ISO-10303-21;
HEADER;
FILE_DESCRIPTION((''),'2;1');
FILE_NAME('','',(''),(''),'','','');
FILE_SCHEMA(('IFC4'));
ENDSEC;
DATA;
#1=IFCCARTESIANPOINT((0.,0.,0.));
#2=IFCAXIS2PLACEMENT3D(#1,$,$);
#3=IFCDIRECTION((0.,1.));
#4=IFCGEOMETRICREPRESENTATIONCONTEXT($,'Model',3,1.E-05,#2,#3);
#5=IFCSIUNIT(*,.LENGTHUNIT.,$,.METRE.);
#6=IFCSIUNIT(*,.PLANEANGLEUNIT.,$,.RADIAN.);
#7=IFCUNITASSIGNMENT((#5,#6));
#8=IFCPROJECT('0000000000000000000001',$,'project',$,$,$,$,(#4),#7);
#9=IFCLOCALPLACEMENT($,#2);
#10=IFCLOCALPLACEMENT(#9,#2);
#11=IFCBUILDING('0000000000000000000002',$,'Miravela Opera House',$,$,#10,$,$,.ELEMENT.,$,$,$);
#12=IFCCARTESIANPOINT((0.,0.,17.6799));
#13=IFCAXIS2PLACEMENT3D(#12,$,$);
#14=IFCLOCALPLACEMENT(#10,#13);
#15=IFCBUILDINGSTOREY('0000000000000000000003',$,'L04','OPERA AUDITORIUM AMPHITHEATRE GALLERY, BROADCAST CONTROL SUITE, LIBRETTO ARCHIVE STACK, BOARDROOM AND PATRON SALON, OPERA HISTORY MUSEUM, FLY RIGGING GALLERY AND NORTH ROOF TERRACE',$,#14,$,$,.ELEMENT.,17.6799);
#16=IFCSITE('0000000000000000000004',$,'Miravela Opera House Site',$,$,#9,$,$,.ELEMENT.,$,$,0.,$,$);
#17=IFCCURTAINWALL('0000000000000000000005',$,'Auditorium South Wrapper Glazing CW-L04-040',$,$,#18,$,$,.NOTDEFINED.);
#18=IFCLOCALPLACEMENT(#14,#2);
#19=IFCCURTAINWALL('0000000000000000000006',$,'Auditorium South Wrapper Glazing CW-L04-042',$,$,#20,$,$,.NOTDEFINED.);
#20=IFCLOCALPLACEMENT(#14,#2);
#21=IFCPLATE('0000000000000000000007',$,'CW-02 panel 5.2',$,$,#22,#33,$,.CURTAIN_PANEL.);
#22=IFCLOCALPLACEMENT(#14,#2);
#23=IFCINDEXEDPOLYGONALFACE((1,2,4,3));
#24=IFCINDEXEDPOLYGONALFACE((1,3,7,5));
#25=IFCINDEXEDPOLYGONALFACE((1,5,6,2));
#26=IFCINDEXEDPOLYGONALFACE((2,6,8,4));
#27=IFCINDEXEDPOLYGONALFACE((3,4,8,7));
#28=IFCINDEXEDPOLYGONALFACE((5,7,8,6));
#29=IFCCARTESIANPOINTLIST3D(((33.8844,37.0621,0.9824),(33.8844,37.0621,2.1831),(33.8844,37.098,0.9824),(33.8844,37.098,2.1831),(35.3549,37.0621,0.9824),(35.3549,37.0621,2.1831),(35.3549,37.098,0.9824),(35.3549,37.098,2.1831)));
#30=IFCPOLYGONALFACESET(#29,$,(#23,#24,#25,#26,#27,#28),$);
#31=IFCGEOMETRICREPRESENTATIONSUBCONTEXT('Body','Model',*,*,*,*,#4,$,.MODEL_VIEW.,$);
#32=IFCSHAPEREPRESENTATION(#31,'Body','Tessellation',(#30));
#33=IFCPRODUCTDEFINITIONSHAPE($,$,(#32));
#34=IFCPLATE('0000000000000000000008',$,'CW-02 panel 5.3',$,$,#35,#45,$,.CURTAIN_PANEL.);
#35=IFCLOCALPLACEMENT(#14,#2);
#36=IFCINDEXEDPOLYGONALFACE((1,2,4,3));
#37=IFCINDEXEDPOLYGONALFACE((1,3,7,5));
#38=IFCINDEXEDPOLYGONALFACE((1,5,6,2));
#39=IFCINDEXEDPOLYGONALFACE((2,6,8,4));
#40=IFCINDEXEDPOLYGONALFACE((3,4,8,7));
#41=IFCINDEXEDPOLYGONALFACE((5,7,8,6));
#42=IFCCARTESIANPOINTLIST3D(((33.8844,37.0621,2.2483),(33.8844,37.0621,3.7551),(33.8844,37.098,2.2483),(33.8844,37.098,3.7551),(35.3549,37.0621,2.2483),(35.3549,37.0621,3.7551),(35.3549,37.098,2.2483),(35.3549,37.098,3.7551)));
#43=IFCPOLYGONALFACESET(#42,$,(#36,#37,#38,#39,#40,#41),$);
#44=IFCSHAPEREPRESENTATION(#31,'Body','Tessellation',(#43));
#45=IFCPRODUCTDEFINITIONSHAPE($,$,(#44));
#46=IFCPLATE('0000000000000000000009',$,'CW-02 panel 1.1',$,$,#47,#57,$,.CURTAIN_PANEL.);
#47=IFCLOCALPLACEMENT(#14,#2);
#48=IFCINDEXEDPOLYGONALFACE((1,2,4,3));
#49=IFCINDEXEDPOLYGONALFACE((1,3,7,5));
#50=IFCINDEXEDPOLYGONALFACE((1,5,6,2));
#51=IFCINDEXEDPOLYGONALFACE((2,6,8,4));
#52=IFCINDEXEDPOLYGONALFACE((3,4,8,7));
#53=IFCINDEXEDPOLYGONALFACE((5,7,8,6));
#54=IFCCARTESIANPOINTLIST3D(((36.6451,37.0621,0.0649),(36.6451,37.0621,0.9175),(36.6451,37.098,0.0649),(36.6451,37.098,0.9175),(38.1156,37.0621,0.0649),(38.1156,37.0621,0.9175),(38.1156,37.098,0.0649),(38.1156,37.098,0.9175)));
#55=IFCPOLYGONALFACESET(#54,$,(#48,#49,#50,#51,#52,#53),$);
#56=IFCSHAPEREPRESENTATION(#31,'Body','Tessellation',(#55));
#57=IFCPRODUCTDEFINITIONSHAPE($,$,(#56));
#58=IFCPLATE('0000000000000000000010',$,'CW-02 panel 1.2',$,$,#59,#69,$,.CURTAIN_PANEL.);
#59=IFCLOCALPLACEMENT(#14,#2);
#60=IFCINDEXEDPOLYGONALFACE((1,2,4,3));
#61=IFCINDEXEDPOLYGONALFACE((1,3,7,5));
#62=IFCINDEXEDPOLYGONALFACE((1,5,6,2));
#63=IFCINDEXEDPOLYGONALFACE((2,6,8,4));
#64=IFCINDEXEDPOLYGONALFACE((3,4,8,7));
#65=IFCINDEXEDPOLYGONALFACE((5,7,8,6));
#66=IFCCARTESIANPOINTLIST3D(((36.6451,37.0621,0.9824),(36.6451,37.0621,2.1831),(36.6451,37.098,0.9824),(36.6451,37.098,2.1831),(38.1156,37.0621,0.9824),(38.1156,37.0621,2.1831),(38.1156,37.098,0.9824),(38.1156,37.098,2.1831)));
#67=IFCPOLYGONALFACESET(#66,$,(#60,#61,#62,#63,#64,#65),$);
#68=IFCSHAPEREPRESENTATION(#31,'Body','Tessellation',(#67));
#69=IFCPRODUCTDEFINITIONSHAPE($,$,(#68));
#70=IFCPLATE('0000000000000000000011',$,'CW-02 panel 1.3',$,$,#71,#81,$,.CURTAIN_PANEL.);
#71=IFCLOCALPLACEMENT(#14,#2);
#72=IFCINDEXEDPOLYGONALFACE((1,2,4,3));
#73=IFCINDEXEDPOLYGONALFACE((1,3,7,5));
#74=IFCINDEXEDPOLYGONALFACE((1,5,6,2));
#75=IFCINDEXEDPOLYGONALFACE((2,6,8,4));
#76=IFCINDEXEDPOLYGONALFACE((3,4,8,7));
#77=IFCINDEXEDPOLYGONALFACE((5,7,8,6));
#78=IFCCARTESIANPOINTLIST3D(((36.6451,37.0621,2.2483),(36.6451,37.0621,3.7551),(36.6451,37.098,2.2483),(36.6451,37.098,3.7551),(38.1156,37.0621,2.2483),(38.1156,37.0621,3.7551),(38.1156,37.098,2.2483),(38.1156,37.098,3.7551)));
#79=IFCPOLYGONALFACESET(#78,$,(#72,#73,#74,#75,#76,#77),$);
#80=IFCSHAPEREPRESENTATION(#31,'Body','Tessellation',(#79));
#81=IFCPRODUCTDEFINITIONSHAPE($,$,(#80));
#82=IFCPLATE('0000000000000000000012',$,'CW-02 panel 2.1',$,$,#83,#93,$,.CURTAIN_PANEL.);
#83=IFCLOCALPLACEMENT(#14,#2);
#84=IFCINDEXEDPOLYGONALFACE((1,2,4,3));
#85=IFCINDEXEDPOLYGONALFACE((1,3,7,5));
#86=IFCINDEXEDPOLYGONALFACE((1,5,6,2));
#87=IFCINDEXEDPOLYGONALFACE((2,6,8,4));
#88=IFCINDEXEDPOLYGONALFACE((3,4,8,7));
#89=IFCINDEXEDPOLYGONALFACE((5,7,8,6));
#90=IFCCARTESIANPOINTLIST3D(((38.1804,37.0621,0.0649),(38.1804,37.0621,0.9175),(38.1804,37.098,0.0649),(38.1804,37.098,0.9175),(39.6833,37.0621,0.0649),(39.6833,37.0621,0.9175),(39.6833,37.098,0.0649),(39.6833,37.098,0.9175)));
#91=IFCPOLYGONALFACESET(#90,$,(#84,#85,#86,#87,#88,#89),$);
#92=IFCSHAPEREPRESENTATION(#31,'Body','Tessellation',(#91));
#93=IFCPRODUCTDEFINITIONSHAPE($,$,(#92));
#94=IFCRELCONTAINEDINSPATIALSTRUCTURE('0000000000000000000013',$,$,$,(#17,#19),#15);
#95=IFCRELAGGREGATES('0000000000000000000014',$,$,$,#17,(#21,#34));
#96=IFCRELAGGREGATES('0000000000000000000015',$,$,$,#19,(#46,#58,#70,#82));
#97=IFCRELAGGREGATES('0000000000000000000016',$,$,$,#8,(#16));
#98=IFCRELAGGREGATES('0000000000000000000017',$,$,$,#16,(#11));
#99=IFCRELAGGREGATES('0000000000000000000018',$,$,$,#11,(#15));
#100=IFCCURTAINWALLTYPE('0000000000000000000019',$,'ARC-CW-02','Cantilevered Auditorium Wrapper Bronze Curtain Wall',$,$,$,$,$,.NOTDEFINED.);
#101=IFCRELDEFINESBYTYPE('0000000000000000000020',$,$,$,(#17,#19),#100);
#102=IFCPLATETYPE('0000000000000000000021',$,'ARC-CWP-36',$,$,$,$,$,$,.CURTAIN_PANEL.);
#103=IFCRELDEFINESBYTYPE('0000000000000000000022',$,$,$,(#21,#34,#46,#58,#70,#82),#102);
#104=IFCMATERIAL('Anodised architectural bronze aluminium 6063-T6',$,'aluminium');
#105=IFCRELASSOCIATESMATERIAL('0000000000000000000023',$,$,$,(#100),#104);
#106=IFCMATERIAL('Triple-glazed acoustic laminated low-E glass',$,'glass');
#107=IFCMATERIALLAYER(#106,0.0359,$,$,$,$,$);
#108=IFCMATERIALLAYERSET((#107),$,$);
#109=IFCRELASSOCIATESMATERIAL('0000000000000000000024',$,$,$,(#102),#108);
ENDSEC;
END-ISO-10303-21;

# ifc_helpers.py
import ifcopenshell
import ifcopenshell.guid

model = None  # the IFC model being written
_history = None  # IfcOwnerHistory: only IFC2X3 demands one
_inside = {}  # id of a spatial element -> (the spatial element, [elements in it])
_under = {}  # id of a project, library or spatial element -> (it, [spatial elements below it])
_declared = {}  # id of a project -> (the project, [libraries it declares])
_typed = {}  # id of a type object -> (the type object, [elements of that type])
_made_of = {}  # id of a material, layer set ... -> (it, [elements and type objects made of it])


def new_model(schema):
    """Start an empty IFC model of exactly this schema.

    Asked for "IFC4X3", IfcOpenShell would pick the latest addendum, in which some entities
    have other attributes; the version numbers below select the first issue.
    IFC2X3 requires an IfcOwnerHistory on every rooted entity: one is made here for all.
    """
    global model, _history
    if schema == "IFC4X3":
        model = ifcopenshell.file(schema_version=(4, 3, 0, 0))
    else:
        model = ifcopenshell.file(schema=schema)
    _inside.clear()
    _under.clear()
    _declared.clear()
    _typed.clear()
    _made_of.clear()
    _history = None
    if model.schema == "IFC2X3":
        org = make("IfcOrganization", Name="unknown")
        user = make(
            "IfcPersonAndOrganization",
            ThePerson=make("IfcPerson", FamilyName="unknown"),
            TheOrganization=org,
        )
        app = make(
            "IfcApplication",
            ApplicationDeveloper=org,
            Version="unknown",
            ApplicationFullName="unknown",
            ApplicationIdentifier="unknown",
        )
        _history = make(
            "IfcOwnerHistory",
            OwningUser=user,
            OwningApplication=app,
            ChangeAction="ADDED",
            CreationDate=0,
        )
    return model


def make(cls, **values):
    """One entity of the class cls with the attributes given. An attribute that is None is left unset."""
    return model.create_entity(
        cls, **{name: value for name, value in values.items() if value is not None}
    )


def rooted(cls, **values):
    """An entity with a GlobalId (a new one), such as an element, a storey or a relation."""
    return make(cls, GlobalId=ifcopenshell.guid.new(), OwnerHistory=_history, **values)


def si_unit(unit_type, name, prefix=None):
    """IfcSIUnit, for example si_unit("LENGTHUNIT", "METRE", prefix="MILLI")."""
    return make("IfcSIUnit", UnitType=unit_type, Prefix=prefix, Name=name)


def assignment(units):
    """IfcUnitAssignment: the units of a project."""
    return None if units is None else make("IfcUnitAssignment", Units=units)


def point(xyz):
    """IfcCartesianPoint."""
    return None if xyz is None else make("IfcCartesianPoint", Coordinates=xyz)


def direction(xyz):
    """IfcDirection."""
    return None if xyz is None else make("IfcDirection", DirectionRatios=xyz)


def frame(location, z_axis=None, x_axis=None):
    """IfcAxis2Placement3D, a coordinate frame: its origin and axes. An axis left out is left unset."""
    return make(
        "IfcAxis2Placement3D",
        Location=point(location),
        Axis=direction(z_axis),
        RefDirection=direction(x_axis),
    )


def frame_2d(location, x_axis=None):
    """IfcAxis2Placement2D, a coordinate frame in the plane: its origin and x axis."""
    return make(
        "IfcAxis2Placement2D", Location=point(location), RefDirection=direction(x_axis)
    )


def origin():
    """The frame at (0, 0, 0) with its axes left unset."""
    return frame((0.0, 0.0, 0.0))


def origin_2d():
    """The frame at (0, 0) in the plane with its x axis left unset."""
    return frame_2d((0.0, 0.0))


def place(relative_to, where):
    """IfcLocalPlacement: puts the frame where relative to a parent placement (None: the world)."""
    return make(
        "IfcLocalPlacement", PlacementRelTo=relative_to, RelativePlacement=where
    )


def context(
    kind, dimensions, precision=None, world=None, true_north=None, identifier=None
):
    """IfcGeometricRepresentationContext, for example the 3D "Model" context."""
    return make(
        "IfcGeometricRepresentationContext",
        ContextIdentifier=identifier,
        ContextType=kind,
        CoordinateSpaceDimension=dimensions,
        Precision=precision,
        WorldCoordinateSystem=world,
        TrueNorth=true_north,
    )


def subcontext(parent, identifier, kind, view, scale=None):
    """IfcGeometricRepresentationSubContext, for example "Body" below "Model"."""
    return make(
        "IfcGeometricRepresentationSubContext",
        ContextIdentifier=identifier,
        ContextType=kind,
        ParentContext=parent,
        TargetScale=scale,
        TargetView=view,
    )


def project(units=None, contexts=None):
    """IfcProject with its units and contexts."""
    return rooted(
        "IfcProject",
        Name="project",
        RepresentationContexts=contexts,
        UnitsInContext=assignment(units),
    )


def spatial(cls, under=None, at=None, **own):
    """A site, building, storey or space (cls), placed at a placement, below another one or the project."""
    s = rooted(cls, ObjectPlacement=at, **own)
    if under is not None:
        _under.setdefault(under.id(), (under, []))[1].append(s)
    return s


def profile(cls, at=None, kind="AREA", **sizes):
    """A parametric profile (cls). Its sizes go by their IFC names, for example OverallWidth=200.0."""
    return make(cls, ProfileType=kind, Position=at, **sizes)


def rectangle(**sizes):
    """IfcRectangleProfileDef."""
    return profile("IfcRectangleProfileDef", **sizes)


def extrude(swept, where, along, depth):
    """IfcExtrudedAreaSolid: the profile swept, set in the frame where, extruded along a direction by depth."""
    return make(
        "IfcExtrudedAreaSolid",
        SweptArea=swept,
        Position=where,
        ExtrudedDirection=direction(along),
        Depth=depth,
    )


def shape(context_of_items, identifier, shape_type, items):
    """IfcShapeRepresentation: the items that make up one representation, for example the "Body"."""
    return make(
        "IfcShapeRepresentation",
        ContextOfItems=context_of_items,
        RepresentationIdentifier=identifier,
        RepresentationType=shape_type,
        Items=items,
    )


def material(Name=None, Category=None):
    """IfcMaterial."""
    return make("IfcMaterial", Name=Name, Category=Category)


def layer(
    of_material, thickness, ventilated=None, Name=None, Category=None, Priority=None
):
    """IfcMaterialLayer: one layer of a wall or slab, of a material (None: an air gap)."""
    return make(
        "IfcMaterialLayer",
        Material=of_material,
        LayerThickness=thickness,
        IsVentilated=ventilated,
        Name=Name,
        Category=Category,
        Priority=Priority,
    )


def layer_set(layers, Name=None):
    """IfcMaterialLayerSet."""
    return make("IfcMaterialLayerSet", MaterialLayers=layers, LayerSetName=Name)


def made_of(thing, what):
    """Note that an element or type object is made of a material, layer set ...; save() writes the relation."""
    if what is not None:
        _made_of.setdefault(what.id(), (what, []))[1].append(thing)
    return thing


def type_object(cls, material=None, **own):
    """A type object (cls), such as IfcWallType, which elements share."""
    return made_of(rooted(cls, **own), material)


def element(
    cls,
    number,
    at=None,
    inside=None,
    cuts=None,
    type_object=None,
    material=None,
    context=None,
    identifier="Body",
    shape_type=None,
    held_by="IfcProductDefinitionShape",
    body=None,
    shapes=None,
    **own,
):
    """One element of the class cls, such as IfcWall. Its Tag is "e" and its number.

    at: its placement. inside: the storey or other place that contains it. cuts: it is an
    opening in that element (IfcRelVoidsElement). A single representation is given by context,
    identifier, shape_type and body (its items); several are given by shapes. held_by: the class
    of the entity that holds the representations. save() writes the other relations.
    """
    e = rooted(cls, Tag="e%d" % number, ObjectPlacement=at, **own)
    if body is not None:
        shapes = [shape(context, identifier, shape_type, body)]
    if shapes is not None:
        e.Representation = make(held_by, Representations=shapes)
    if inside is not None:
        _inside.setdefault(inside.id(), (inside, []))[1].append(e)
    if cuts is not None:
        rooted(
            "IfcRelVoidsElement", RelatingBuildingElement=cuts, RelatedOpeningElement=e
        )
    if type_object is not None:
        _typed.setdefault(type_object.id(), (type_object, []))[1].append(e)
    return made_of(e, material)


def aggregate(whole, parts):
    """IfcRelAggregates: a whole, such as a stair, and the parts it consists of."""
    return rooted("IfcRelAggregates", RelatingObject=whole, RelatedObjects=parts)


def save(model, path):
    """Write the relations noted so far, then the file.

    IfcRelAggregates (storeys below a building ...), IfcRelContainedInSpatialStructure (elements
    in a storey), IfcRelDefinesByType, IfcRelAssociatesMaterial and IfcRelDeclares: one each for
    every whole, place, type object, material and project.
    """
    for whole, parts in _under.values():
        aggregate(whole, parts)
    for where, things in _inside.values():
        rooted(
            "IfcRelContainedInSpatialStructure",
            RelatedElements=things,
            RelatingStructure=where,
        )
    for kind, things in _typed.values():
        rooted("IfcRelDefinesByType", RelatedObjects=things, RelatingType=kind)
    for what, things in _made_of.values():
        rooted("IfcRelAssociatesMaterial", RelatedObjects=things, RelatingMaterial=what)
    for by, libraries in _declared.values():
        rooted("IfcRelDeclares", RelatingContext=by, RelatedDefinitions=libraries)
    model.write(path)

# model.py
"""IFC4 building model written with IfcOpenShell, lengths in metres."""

from ifc_helpers import new_model, si_unit, direction, frame, origin, origin_2d, place, context, subcontext, project, spatial, rectangle, extrude, material, layer, layer_set, type_object, element, aggregate, save


model = new_model("IFC4")

# Units and contexts
model_context = context("Model", 3, precision=1e-05, world=origin(), true_north=direction((0.0, 1.0)))
body_context = subcontext(model_context, "Body", "Model", "MODEL_VIEW")
ifc_project = project(units=[si_unit("LENGTHUNIT", "METRE"), si_unit("PLANEANGLEUNIT", "RADIAN")], contexts=[model_context])

# Site, building, storey
site_placement = place(None, origin())
site = spatial("IfcSite", under=ifc_project, at=site_placement, Name="Miravela Opera House Site", CompositionType="ELEMENT", RefElevation=0.0)
building_placement = place(site_placement, origin())
building = spatial("IfcBuilding", under=site, at=building_placement, Name="Miravela Opera House", CompositionType="ELEMENT")
storey_placement = place(building_placement, frame((0.0, 0.0, 17.6799)))
storey = spatial("IfcBuildingStorey", under=building, at=storey_placement, Name="L04", Description="OPERA AUDITORIUM AMPHITHEATRE GALLERY, BROADCAST CONTROL SUITE, LIBRETTO ARCHIVE STACK, BOARDROOM AND PATRON SALON, OPERA HISTORY MUSEUM, FLY RIGGING GALLERY AND NORTH ROOF TERRACE", CompositionType="ELEMENT", Elevation=17.6799)

# Curtain walls
ifc_material_1 = material(Name="Anodised architectural bronze aluminium 6063-T6", Category="aluminium")
curtain_wall_type = type_object("IfcCurtainWallType", Name="ARC-CW-02", Description="Cantilevered Auditorium Wrapper Bronze Curtain Wall", PredefinedType="NOTDEFINED", material=ifc_material_1)
curtain_wall_1_placement = place(storey_placement, origin())
curtain_wall_1 = element("IfcCurtainWall", 1, at=curtain_wall_1_placement, inside=storey, type_object=curtain_wall_type, Name="Auditorium South Wrapper Glazing CW-L04-040", PredefinedType="NOTDEFINED")
curtain_wall_2_placement = place(storey_placement, origin())
curtain_wall_2 = element("IfcCurtainWall", 2, at=curtain_wall_2_placement, inside=storey, type_object=curtain_wall_type, Name="Auditorium South Wrapper Glazing CW-L04-042", PredefinedType="NOTDEFINED")

# Plates
ifc_material_2 = material(Name="Triple-glazed acoustic laminated low-E glass", Category="glass")
ifc_layer = layer(ifc_material_2, 0.0359)
ifc_layer_set = layer_set([ifc_layer])
plate_type = type_object("IfcPlateType", Name="ARC-CWP-36", PredefinedType="CURTAIN_PANEL", material=ifc_layer_set)
plate_1_placement = place(storey_placement, frame((34.6196, 37.0801, 0.9824), z_axis=(0.0, 0.0, 1.0), x_axis=(1.0, 0.0, 0.0)))
plate_1 = element("IfcPlate", 3, at=plate_1_placement, type_object=plate_type, Name="CW-02 panel 5.2", PredefinedType="CURTAIN_PANEL", context=body_context, shape_type="SweptSolid", body=[
    extrude(rectangle(XDim=1.4705, YDim=0.0359, at=origin_2d()), origin(), (0.0, 0.0, 1.0), 1.2007),
])
plate_2_placement = place(storey_placement, frame((34.6196, 37.0801, 2.2483), z_axis=(0.0, 0.0, 1.0), x_axis=(1.0, 0.0, 0.0)))
plate_2 = element("IfcPlate", 4, at=plate_2_placement, type_object=plate_type, Name="CW-02 panel 5.3", PredefinedType="CURTAIN_PANEL", context=body_context, shape_type="SweptSolid", body=[
    extrude(rectangle(XDim=1.4705, YDim=0.0359, at=origin_2d()), origin(), (0.0, 0.0, 1.0), 1.5068),
])
aggregate(curtain_wall_1, [plate_1, plate_2])
plate_3_placement = place(storey_placement, frame((37.3804, 37.0801, 0.0649), z_axis=(0.0, 0.0, 1.0), x_axis=(1.0, 0.0, 0.0)))
plate_3 = element("IfcPlate", 5, at=plate_3_placement, type_object=plate_type, Name="CW-02 panel 1.1", PredefinedType="CURTAIN_PANEL", context=body_context, shape_type="SweptSolid", body=[
    extrude(rectangle(XDim=1.4705, YDim=0.0359, at=origin_2d()), origin(), (0.0, 0.0, 1.0), 0.8525),
])
plate_4_placement = place(storey_placement, frame((37.3804, 37.0801, 0.9824), z_axis=(0.0, 0.0, 1.0), x_axis=(1.0, 0.0, 0.0)))
plate_4 = element("IfcPlate", 6, at=plate_4_placement, type_object=plate_type, Name="CW-02 panel 1.2", PredefinedType="CURTAIN_PANEL", context=body_context, shape_type="SweptSolid", body=[
    extrude(rectangle(XDim=1.4705, YDim=0.0359, at=origin_2d()), origin(), (0.0, 0.0, 1.0), 1.2007),
])
plate_5_placement = place(storey_placement, frame((37.3804, 37.0801, 2.2483), z_axis=(0.0, 0.0, 1.0), x_axis=(1.0, 0.0, 0.0)))
plate_5 = element("IfcPlate", 7, at=plate_5_placement, type_object=plate_type, Name="CW-02 panel 1.3", PredefinedType="CURTAIN_PANEL", context=body_context, shape_type="SweptSolid", body=[
    extrude(rectangle(XDim=1.4705, YDim=0.0359, at=origin_2d()), origin(), (0.0, 0.0, 1.0), 1.5068),
])
plate_6_placement = place(storey_placement, frame((38.9319, 37.0801, 0.0649), z_axis=(0.0, 0.0, 1.0), x_axis=(1.0, 0.0, 0.0)))
plate_6 = element("IfcPlate", 8, at=plate_6_placement, type_object=plate_type, Name="CW-02 panel 2.1", PredefinedType="CURTAIN_PANEL", context=body_context, shape_type="SweptSolid", body=[
    extrude(rectangle(XDim=1.5029, YDim=0.0359, at=origin_2d()), origin(), (0.0, 0.0, 1.0), 0.8525),
])
aggregate(curtain_wall_2, [plate_3, plate_4, plate_5, plate_6])

save(model, "model.ifc")
